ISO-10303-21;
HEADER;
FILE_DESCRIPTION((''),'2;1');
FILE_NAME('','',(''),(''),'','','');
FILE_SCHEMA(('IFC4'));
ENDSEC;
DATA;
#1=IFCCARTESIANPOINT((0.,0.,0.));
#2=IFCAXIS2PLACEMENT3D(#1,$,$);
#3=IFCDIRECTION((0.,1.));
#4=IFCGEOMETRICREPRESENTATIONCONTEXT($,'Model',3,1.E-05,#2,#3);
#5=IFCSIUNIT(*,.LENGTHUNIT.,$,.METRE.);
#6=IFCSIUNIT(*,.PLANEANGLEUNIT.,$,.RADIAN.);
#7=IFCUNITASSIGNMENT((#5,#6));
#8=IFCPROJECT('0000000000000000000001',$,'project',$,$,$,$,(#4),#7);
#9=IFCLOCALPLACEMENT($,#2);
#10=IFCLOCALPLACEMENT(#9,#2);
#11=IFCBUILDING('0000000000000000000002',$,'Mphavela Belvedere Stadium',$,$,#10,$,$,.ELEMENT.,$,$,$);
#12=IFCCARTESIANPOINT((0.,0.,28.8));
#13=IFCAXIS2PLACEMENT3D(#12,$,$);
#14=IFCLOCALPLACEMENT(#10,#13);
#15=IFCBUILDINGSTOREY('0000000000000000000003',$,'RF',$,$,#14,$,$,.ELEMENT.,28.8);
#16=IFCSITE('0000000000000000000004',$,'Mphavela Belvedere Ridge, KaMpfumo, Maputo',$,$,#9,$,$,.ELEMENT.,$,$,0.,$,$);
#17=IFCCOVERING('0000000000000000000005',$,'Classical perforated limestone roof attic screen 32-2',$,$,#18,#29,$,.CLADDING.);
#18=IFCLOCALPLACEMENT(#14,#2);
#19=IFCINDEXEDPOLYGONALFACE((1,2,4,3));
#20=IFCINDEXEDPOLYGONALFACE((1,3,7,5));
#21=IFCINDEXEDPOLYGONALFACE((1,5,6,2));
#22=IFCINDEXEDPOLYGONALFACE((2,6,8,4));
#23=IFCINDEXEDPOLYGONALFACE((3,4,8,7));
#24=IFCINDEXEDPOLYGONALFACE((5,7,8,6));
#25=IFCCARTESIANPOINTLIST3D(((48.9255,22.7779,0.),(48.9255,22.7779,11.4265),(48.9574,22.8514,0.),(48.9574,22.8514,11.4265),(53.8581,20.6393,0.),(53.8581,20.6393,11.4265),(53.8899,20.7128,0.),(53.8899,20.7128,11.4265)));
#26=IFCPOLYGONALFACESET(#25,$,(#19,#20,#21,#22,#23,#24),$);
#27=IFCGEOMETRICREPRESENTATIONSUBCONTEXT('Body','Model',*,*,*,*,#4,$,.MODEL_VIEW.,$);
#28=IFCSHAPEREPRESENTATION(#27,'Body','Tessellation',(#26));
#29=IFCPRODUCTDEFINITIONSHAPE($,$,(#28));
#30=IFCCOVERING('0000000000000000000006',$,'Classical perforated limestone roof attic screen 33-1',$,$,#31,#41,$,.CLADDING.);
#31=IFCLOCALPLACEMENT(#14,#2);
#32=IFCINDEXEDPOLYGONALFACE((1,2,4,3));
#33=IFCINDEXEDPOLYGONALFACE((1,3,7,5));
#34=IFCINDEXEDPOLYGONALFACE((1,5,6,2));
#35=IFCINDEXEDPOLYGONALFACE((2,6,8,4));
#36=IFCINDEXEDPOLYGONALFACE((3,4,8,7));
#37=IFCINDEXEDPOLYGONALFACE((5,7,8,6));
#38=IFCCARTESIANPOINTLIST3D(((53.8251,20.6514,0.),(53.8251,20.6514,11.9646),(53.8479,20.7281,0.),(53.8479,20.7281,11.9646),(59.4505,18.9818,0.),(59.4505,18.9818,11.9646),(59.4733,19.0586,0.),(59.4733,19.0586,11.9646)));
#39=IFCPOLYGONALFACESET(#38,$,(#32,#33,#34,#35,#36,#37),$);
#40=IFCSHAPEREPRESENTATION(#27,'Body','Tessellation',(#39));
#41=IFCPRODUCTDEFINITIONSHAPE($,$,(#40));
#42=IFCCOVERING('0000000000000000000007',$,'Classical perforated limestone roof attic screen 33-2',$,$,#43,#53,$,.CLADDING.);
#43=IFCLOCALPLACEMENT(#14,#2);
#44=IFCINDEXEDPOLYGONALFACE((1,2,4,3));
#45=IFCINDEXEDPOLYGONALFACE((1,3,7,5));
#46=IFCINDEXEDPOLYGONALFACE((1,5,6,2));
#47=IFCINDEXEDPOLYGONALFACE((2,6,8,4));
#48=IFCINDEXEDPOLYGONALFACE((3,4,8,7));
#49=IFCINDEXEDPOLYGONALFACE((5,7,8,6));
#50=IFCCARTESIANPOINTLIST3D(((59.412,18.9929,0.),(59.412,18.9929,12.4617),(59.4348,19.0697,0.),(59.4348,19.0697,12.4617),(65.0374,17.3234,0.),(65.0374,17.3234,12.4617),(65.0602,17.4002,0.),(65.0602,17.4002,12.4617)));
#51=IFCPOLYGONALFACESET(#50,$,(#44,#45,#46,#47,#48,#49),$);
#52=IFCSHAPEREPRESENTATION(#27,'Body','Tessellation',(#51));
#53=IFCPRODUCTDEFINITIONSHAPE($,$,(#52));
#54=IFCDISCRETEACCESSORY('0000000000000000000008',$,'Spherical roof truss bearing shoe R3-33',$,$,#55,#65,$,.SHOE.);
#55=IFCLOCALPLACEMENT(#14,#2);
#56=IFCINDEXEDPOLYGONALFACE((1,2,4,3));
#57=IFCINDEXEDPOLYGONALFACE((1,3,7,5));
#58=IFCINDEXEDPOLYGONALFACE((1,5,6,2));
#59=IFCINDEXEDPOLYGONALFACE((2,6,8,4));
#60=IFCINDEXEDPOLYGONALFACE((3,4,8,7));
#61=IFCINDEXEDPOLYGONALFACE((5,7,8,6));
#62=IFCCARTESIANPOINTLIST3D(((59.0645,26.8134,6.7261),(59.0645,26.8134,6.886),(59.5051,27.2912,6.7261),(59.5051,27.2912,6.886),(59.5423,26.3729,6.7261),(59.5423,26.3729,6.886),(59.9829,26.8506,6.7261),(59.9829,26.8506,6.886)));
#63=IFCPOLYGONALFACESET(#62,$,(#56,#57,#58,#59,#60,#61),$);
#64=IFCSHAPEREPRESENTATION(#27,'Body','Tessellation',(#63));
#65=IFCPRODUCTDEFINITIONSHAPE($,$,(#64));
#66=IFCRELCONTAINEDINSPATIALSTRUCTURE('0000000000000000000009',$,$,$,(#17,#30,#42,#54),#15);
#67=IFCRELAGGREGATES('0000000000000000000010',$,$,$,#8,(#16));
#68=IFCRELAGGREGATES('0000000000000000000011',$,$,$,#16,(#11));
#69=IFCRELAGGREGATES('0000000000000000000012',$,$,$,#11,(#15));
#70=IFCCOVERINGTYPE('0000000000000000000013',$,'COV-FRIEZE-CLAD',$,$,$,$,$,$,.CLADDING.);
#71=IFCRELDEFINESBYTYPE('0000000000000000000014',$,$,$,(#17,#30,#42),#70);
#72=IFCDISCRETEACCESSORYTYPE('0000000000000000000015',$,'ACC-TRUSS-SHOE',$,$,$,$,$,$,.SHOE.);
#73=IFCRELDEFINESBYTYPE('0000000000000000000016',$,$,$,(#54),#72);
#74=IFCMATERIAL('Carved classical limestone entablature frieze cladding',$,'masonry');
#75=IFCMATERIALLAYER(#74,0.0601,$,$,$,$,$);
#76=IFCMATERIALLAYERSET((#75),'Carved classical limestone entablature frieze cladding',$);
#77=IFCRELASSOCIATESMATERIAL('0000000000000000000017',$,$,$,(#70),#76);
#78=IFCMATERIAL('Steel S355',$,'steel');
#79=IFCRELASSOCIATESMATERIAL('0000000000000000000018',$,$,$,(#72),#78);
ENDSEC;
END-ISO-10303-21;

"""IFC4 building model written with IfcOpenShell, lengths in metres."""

from ifc_helpers import new_model, si_unit, direction, frame, origin, origin_2d, place, context, subcontext, project, spatial, rectangle, extrude, material, layer, layer_set, type_object, element, save


model = new_model("IFC4")

# Units and contexts
model_context = context("Model", 3, precision=1e-05, world=origin(), true_north=direction((0.0, 1.0)))
body_context = subcontext(model_context, "Body", "Model", "MODEL_VIEW")
ifc_project = project(units=[si_unit("LENGTHUNIT", "METRE"), si_unit("PLANEANGLEUNIT", "RADIAN")], contexts=[model_context])

# Site, building, storey
site_placement = place(None, origin())
site = spatial("IfcSite", under=ifc_project, at=site_placement, Name="Mphavela Belvedere Ridge, KaMpfumo, Maputo", CompositionType="ELEMENT", RefElevation=0.0)
building_placement = place(site_placement, origin())
building = spatial("IfcBuilding", under=site, at=building_placement, Name="Mphavela Belvedere Stadium", CompositionType="ELEMENT")
storey_placement = place(building_placement, frame((0.0, 0.0, 28.8)))
storey = spatial("IfcBuildingStorey", under=building, at=storey_placement, Name="RF", CompositionType="ELEMENT", Elevation=28.8)

# Coverings
ifc_material_1 = material(Name="Carved classical limestone entablature frieze cladding", Category="masonry")
ifc_layer_1 = layer(ifc_material_1, 0.0601)
ifc_layer_set_1 = layer_set([ifc_layer_1], Name="Carved classical limestone entablature frieze cladding")
covering_type = type_object("IfcCoveringType", Name="COV-FRIEZE-CLAD", PredefinedType="CLADDING", material=ifc_layer_set_1)
covering_1_placement = place(storey_placement, frame((51.4077, 21.7454, 0.0), z_axis=(0.0, 0.0, 1.0), x_axis=(0.917477, -0.397789, 0.0)))
element("IfcCovering", 1, at=covering_1_placement, inside=storey, type_object=covering_type, Name="Classical perforated limestone roof attic screen 32-2", PredefinedType="CLADDING", context=body_context, shape_type="SweptSolid", body=[
    extrude(rectangle(XDim=5.3762, YDim=0.0801, at=origin_2d()), origin(), (0.0, 0.0, 1.0), 11.4265),
])
covering_2_placement = place(storey_placement, frame((56.6492, 19.855, 0.0), z_axis=(0.0, 0.0, 1.0), x_axis=(0.958671, -0.284517, 0.0)))
element("IfcCovering", 2, at=covering_2_placement, inside=storey, type_object=covering_type, Name="Classical perforated limestone roof attic screen 33-1", PredefinedType="CLADDING", context=body_context, shape_type="SweptSolid", body=[
    extrude(rectangle(XDim=5.8679, YDim=0.0801, at=origin_2d()), origin(), (0.0, 0.0, 1.0), 11.9646),
])
covering_3_placement = place(storey_placement, frame((62.2361, 18.1965, 0.0), z_axis=(0.0, 0.0, 1.0), x_axis=(0.958671, -0.284517, 0.0)))
element("IfcCovering", 3, at=covering_3_placement, inside=storey, type_object=covering_type, Name="Classical perforated limestone roof attic screen 33-2", PredefinedType="CLADDING", context=body_context, shape_type="SweptSolid", body=[
    extrude(rectangle(XDim=5.8679, YDim=0.0801, at=origin_2d()), origin(), (0.0, 0.0, 1.0), 12.4617),
])

# Discrete accessory
ifc_material_2 = material(Name="Steel S355", Category="steel")
discrete_accessory_type = type_object("IfcDiscreteAccessoryType", Name="ACC-TRUSS-SHOE", PredefinedType="SHOE", material=ifc_material_2)
discrete_accessory_placement = place(storey_placement, frame((59.5237, 26.832, 6.7261), z_axis=(0.0, 0.0, 1.0), x_axis=(-0.677903, -0.735151, 0.0)))
element("IfcDiscreteAccessory", 4, at=discrete_accessory_placement, inside=storey, type_object=discrete_accessory_type, Name="Spherical roof truss bearing shoe R3-33", PredefinedType="SHOE", context=body_context, shape_type="SweptSolid", body=[
    extrude(rectangle(XDim=0.6499, YDim=0.6499, at=origin_2d()), origin(), (0.0, 0.0, 1.0), 0.1599),
])

save(model, "model.ifc")
